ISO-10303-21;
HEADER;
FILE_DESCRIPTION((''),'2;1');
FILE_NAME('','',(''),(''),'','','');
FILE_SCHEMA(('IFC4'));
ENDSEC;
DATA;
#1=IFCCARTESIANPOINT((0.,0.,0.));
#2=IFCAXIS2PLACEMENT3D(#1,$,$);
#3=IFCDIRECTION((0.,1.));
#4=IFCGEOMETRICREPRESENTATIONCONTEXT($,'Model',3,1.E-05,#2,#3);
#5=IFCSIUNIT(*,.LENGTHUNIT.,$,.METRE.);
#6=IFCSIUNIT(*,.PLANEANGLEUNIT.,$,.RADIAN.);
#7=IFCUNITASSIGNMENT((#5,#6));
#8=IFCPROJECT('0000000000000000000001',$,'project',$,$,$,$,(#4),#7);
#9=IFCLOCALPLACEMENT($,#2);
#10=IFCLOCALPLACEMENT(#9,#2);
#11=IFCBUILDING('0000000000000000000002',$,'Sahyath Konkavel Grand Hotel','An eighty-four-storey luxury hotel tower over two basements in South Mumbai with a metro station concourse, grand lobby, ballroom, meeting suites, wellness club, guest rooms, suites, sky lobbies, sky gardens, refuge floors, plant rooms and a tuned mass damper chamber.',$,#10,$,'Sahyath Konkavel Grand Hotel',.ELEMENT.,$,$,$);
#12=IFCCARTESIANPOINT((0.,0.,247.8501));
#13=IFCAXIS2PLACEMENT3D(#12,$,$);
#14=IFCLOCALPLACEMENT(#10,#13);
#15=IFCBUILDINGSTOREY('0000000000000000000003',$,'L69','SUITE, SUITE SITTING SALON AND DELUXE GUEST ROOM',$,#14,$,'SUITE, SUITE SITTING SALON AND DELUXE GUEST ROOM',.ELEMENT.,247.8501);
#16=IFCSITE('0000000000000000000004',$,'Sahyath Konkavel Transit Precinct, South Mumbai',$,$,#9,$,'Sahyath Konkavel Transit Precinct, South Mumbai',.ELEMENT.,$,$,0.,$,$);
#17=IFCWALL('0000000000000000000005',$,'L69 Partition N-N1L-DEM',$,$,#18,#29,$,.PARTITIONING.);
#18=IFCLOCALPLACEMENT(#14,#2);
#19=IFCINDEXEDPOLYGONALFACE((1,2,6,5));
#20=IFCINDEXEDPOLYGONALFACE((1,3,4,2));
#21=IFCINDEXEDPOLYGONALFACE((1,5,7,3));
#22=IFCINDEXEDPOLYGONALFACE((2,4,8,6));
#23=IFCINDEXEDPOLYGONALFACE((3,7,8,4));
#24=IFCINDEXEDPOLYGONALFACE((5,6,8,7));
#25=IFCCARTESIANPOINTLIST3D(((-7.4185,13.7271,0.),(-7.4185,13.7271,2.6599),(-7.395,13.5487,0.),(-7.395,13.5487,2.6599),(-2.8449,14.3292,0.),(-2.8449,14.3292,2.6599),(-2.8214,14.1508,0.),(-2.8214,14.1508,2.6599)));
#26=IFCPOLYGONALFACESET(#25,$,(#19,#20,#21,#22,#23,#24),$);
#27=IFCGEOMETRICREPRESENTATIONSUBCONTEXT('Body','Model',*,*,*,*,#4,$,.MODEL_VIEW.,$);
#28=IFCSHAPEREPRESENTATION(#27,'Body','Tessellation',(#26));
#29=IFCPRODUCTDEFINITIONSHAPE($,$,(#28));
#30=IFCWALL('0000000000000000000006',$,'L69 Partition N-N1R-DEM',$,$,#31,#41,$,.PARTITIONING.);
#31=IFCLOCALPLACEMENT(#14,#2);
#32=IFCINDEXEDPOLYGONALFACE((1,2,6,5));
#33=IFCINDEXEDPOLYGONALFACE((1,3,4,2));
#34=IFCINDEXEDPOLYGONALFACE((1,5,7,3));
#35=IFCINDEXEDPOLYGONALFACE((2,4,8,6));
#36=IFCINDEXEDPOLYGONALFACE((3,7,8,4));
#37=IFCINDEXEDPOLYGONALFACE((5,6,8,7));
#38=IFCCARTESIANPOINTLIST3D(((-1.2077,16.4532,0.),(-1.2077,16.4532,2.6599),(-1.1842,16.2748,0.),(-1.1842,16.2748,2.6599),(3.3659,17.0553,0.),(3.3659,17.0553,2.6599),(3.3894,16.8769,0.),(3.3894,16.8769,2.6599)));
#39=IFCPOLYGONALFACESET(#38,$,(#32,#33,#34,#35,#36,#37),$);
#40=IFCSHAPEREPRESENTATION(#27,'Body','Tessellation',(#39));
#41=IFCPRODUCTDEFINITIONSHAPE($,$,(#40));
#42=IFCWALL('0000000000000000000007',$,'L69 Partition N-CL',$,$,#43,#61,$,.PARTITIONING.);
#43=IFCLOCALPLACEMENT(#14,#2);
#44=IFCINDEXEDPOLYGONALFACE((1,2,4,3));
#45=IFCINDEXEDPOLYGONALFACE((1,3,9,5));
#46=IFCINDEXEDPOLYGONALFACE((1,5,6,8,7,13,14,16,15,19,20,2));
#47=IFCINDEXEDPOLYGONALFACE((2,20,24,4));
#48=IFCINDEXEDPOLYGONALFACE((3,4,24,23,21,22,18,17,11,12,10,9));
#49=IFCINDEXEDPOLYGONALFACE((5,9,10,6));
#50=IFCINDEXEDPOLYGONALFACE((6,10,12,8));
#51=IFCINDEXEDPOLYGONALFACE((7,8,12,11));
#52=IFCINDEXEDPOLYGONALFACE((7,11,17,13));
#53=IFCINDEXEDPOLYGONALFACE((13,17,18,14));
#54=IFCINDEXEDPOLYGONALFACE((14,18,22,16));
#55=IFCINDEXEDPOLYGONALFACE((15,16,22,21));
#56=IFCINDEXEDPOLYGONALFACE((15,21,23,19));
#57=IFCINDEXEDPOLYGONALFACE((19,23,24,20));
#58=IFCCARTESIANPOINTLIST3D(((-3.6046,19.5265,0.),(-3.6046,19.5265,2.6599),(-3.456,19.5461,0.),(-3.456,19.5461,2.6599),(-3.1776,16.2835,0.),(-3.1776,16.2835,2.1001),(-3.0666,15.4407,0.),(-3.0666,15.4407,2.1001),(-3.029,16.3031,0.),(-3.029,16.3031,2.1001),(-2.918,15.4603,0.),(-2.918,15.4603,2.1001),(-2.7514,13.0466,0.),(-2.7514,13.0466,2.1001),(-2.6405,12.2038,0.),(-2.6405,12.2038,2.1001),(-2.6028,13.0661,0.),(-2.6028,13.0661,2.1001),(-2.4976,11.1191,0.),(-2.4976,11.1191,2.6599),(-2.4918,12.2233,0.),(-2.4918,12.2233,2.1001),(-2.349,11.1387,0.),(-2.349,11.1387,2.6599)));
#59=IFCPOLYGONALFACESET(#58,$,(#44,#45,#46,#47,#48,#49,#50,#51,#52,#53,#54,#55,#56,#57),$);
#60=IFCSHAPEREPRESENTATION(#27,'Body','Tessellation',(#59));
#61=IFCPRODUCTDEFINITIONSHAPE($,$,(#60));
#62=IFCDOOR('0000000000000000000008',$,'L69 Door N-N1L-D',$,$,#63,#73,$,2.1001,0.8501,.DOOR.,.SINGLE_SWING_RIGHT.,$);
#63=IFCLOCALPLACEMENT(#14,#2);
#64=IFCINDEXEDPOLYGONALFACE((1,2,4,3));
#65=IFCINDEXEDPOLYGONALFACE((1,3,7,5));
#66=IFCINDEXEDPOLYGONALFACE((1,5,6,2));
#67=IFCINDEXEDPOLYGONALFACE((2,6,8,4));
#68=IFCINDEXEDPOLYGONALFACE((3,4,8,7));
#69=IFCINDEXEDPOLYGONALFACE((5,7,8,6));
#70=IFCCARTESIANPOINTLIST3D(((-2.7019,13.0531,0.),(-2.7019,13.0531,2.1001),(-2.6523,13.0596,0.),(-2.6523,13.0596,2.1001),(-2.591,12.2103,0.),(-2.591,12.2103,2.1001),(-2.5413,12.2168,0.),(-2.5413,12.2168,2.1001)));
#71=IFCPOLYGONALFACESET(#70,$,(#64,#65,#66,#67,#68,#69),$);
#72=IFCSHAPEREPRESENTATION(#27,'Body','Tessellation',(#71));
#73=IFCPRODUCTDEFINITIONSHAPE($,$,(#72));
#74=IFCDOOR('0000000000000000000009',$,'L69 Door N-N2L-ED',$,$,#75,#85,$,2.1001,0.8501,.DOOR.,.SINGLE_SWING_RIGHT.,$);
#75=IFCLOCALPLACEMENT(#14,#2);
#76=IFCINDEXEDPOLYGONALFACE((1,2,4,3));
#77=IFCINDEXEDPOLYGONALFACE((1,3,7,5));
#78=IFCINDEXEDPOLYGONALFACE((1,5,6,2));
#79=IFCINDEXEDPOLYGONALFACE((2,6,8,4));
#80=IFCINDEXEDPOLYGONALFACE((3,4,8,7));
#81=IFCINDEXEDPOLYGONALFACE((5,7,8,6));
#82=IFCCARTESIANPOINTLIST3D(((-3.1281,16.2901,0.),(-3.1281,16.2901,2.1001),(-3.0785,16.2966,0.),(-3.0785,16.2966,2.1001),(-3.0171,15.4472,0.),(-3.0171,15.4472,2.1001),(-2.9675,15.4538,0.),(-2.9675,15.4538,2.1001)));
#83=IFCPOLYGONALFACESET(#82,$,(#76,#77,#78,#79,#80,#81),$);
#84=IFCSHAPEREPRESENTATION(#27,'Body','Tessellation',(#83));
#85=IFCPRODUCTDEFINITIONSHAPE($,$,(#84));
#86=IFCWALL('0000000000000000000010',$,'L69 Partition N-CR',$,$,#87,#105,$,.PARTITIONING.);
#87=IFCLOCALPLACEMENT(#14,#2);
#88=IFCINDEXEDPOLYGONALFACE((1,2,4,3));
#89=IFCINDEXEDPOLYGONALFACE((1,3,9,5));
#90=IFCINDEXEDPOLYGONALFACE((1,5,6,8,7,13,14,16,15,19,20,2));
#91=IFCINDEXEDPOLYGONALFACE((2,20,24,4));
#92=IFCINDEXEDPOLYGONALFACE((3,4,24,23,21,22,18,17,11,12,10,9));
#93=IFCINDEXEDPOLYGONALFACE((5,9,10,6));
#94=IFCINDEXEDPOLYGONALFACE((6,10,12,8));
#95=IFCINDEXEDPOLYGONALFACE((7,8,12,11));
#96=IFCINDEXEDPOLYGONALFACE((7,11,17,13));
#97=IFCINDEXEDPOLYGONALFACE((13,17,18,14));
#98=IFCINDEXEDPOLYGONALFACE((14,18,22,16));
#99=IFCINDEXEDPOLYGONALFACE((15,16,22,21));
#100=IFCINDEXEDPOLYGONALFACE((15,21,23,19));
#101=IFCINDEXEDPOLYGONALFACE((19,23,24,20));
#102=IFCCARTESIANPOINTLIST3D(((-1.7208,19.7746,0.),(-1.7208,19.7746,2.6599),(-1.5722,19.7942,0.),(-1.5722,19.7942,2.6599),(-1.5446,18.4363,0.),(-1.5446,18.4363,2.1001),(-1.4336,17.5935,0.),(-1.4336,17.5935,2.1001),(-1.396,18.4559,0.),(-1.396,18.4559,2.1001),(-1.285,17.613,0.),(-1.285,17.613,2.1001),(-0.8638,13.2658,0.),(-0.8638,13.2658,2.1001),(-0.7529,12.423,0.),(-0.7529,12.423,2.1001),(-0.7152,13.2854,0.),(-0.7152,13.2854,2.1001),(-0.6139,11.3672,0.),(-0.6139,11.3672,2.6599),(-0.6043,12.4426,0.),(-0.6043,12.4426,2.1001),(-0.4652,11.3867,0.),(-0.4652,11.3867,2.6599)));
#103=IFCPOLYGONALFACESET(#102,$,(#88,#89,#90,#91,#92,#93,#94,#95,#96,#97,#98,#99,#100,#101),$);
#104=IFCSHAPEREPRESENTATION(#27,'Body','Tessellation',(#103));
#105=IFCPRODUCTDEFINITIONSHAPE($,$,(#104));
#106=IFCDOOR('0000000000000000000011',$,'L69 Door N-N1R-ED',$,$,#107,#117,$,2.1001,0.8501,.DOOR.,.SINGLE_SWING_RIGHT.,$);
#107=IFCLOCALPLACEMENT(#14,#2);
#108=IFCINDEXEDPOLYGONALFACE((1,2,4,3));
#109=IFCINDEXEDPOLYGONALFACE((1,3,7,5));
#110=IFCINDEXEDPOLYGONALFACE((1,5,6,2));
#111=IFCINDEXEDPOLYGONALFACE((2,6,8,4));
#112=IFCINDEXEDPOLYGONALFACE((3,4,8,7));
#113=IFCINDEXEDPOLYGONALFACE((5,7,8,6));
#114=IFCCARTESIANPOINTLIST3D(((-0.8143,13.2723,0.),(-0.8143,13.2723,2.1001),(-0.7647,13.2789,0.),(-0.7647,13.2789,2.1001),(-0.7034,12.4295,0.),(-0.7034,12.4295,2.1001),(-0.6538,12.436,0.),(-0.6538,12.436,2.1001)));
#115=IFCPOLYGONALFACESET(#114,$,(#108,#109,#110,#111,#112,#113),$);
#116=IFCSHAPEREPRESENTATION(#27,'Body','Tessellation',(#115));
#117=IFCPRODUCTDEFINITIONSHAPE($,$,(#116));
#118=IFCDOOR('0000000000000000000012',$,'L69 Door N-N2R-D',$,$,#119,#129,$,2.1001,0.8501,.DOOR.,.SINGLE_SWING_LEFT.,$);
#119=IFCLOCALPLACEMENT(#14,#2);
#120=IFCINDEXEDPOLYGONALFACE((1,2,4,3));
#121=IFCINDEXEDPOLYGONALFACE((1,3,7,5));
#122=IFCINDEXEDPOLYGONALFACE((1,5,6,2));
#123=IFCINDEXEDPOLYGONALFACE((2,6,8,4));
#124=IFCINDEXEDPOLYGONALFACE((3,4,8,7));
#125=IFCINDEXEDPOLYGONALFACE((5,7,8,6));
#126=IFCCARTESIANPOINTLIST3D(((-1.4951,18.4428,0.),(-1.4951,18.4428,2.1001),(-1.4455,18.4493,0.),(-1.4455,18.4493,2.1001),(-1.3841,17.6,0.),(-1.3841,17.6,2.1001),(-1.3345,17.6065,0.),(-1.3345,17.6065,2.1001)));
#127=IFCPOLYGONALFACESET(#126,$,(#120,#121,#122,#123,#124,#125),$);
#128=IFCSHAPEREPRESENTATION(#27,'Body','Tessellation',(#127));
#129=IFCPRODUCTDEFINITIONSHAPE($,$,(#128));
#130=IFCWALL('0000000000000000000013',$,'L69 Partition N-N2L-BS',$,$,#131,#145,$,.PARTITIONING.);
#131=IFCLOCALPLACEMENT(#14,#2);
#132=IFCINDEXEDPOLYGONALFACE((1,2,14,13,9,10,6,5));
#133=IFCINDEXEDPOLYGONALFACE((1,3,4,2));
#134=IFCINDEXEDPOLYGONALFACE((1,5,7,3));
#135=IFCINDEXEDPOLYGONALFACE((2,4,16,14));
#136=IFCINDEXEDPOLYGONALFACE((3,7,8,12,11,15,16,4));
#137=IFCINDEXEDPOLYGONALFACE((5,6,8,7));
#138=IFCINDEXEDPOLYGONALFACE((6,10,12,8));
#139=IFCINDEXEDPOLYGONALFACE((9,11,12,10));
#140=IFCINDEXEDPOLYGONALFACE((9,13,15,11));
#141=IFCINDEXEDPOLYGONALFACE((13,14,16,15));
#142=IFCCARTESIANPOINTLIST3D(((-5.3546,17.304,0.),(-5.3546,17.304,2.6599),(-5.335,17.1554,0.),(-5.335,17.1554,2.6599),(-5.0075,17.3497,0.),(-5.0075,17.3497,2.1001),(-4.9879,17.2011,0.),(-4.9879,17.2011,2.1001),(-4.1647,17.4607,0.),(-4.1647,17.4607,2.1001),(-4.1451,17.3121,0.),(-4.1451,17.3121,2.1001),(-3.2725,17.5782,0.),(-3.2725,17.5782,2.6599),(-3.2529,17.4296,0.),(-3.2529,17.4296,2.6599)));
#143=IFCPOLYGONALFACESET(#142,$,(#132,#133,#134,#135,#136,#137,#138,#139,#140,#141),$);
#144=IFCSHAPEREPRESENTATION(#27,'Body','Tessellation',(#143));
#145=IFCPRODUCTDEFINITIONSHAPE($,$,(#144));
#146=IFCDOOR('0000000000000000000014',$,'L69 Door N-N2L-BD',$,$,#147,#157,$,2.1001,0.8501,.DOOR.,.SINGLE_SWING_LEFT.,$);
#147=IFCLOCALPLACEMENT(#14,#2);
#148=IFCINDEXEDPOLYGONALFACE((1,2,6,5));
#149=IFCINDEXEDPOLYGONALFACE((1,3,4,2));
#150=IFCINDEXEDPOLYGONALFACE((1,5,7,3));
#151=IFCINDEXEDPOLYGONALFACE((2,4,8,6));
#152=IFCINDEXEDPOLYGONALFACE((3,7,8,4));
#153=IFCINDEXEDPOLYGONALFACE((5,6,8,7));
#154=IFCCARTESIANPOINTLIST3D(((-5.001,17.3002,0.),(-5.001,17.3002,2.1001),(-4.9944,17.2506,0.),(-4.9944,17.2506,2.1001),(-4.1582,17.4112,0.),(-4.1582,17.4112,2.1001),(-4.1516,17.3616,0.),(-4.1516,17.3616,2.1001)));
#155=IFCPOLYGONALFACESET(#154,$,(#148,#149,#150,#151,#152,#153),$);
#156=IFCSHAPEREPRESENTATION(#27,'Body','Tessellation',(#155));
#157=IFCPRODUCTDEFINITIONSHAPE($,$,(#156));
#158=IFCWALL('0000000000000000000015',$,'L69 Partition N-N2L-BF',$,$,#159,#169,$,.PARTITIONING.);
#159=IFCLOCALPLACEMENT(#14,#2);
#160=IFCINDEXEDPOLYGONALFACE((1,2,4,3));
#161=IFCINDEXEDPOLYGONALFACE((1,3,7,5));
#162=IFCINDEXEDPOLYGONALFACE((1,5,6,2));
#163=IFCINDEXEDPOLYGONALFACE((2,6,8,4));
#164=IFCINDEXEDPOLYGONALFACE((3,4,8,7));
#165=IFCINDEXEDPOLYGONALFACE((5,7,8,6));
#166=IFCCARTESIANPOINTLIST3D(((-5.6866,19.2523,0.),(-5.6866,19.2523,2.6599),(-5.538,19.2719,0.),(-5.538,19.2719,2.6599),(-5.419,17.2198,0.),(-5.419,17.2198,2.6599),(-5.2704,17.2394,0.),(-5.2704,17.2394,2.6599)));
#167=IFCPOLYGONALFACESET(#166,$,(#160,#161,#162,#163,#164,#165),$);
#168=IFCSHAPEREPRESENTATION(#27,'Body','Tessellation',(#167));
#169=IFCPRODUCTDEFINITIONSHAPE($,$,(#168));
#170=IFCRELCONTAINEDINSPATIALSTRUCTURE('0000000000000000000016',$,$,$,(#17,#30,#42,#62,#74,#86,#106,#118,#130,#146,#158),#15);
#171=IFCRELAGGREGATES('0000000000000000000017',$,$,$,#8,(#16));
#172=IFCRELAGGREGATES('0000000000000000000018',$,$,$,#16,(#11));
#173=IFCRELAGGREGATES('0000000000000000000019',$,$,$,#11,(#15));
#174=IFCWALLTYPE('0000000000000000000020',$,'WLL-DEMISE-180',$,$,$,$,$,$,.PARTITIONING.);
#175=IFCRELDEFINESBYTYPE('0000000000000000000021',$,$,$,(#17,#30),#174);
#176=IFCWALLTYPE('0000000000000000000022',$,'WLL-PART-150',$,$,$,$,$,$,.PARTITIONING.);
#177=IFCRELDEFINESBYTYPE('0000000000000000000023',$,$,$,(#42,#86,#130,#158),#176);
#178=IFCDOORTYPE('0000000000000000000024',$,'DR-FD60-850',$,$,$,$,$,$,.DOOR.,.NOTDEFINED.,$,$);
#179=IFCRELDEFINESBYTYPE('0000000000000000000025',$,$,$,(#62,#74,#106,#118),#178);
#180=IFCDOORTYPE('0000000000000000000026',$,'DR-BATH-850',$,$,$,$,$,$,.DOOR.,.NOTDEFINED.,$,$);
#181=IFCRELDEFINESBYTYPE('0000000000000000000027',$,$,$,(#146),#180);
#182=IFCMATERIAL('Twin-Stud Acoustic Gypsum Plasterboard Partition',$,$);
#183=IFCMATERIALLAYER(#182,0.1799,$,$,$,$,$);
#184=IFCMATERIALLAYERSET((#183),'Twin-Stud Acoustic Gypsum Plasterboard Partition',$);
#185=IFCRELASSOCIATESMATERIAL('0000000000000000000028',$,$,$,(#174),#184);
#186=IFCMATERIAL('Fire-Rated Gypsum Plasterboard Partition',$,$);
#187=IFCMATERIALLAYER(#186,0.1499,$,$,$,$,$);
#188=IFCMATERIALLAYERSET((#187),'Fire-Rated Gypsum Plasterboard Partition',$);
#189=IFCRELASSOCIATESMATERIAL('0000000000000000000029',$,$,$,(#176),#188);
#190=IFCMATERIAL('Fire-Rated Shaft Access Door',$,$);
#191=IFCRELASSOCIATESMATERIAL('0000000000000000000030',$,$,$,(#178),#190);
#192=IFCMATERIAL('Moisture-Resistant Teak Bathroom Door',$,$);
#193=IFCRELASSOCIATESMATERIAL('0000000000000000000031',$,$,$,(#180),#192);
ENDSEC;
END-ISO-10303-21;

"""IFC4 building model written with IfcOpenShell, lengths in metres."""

from ifc_helpers import new_model, si_unit, direction, frame, frame_2d, origin, origin_2d, place, context, subcontext, project, spatial, rectangle, extrude, source, transform, mapped, material, layer, layer_set, type_object, element, fill, save


model = new_model("IFC4")

# Units and contexts
model_context = context("Model", 3, precision=1e-05, world=origin(), true_north=direction((0.0, 1.0)))
body_context = subcontext(model_context, "Body", "Model", "MODEL_VIEW")
ifc_project = project(units=[si_unit("LENGTHUNIT", "METRE"), si_unit("PLANEANGLEUNIT", "RADIAN")], contexts=[model_context])

# Site, building, storey
site_placement = place(None, origin())
site = spatial("IfcSite", under=ifc_project, at=site_placement, Name="Sahyath Konkavel Transit Precinct, South Mumbai", LongName="Sahyath Konkavel Transit Precinct, South Mumbai", CompositionType="ELEMENT", RefElevation=0.0)
building_placement = place(site_placement, origin())
building = spatial("IfcBuilding", under=site, at=building_placement, Name="Sahyath Konkavel Grand Hotel", Description="An eighty-four-storey luxury hotel tower over two basements in South Mumbai with a metro station concourse, grand lobby, ballroom, meeting suites, wellness club, guest rooms, suites, sky lobbies, sky gardens, refuge floors, plant rooms and a tuned mass damper chamber.", LongName="Sahyath Konkavel Grand Hotel", CompositionType="ELEMENT")
storey_placement = place(building_placement, frame((0.0, 0.0, 247.8501)))
storey = spatial("IfcBuildingStorey", under=building, at=storey_placement, Name="L69", Description="SUITE, SUITE SITTING SALON AND DELUXE GUEST ROOM", LongName="SUITE, SUITE SITTING SALON AND DELUXE GUEST ROOM", CompositionType="ELEMENT", Elevation=247.8501)

# Walls
ifc_material_1 = material(Name="Twin-Stud Acoustic Gypsum Plasterboard Partition")
ifc_layer_1 = layer(ifc_material_1, 0.1799)
ifc_layer_set_1 = layer_set([ifc_layer_1], Name="Twin-Stud Acoustic Gypsum Plasterboard Partition")
wall_type_1 = type_object("IfcWallType", Name="WLL-DEMISE-180", PredefinedType="PARTITIONING", material=ifc_layer_set_1)
for number, where, z_axis, x_axis, name in (
    (1, (-2.833, 14.24, 0.0), (0.0, 0.0, 1.0), (-0.991447, -0.130513, 0.0), "L69 Partition N-N1L-DEM"),
    (2, (-1.196, 16.364, 0.0), (0.0, 0.0, 1.0), (0.991447, 0.130513, 0.0), "L69 Partition N-N1R-DEM"),
):
    element("IfcWall", number, at=place(storey_placement, frame(where, z_axis=z_axis, x_axis=x_axis)), inside=storey, type_object=wall_type_1, Name=name, PredefinedType="PARTITIONING", context=body_context, shape_type="SweptSolid", body=[
        extrude(rectangle(XDim=4.613, YDim=0.1799, at=frame_2d((2.3066, 0.0))), origin(), (0.0, 0.0, 1.0), 2.6599),
    ])

# Walls, openings, doors
ifc_material_2 = material(Name="Fire-Rated Gypsum Plasterboard Partition")
ifc_layer_2 = layer(ifc_material_2, 0.1499)
ifc_layer_set_2 = layer_set([ifc_layer_2], Name="Fire-Rated Gypsum Plasterboard Partition")
wall_type_2 = type_object("IfcWallType", Name="WLL-PART-150", PredefinedType="PARTITIONING", material=ifc_layer_set_2)
wall_1_placement = place(storey_placement, frame((-2.4233, 11.1289, 0.0), z_axis=(0.0, 0.0, 1.0), x_axis=(-0.130534, 0.991444, 0.0)))
wall_1 = element("IfcWall", 3, at=wall_1_placement, inside=storey, type_object=wall_type_2, Name="L69 Partition N-CL", PredefinedType="PARTITIONING", context=body_context, shape_type="SweptSolid", body=[
    extrude(rectangle(XDim=8.48, YDim=0.1499, at=frame_2d((4.24, 0.0))), origin(), (0.0, 0.0, 1.0), 2.6599),
])
opening_1_placement = place(wall_1_placement, frame((1.094, 0.0, 0.0)))
opening_1 = element("IfcOpeningElement", 4, at=opening_1_placement, cuts=wall_1, PredefinedType="OPENING", context=body_context, shape_type="SweptSolid", body=[
    extrude(rectangle(XDim=0.8501, YDim=2.1001, at=frame_2d((0.425, 1.05))), frame((0.0, 0.085, 0.0), z_axis=(0.0, -1.0, 0.0), x_axis=(1.0, 0.0, 0.0)), (0.0, 0.0, 1.0), 0.1699),
])
opening_2_placement = place(wall_1_placement, frame((4.3589, 0.0, 0.0)))
opening_2 = element("IfcOpeningElement", 5, at=opening_2_placement, cuts=wall_1, PredefinedType="OPENING", context=body_context, shape_type="SweptSolid", body=[
    extrude(rectangle(XDim=0.8501, YDim=2.1001, at=frame_2d((0.425, 1.05))), frame((0.0, 0.085, 0.0), z_axis=(0.0, -1.0, 0.0), x_axis=(1.0, 0.0, 0.0)), (0.0, 0.0, 1.0), 0.1699),
])
ifc_material_3 = material(Name="Fire-Rated Shaft Access Door")
door_type_1 = type_object("IfcDoorType", Name="DR-FD60-850", OperationType="NOTDEFINED", PredefinedType="DOOR", material=ifc_material_3)
shared_shape_1 = source(origin(), body_context, "Body", "SweptSolid", [
    extrude(rectangle(XDim=0.8501, YDim=0.05, at=origin_2d()), origin(), (0.0, 0.0, 1.0), 2.1001),
])
door_1_placement = place(opening_1_placement, frame((0.425, 0.0, 0.0)))
door_1 = element("IfcDoor", 6, at=door_1_placement, inside=storey, type_object=door_type_1, Name="L69 Door N-N1L-D", OperationType="SINGLE_SWING_RIGHT", OverallHeight=2.1001, OverallWidth=0.8501, PredefinedType="DOOR", context=body_context, shape_type="MappedRepresentation", body=[
    mapped(shared_shape_1, transform((0.0, 0.0, 0.0), scale=1.0)),
])
fill(opening_1, door_1)
door_2_placement = place(opening_2_placement, frame((0.425, 0.0, 0.0)))
door_2 = element("IfcDoor", 7, at=door_2_placement, inside=storey, type_object=door_type_1, Name="L69 Door N-N2L-ED", OperationType="SINGLE_SWING_RIGHT", OverallHeight=2.1001, OverallWidth=0.8501, PredefinedType="DOOR", context=body_context, shape_type="MappedRepresentation", body=[
    mapped(shared_shape_1, transform((0.0, 0.0, 0.0), scale=1.0)),
])
fill(opening_2, door_2)
wall_2_placement = place(storey_placement, frame((-0.5396, 11.377, 0.0), z_axis=(0.0, 0.0, 1.0), x_axis=(-0.130534, 0.991444, 0.0)))
wall_2 = element("IfcWall", 8, at=wall_2_placement, inside=storey, type_object=wall_type_2, Name="L69 Partition N-CR", PredefinedType="PARTITIONING", context=body_context, shape_type="SweptSolid", body=[
    extrude(rectangle(XDim=8.48, YDim=0.1499, at=frame_2d((4.24, 0.0))), origin(), (0.0, 0.0, 1.0), 2.6599),
])
opening_3_placement = place(wall_2_placement, frame((1.0649, 0.0, 0.0)))
opening_3 = element("IfcOpeningElement", 9, at=opening_3_placement, cuts=wall_2, PredefinedType="OPENING", context=body_context, shape_type="SweptSolid", body=[
    extrude(rectangle(XDim=0.8501, YDim=2.1001, at=frame_2d((0.425, 1.05))), frame((0.0, 0.085, 0.0), z_axis=(0.0, -1.0, 0.0), x_axis=(1.0, 0.0, 0.0)), (0.0, 0.0, 1.0), 0.1699),
])
opening_4_placement = place(wall_2_placement, frame((6.28, 0.0, 0.0)))
opening_4 = element("IfcOpeningElement", 10, at=opening_4_placement, cuts=wall_2, PredefinedType="OPENING", context=body_context, shape_type="SweptSolid", body=[
    extrude(rectangle(XDim=0.8501, YDim=2.1001, at=frame_2d((0.425, 1.05))), frame((0.0, 0.085, 0.0), z_axis=(0.0, -1.0, 0.0), x_axis=(1.0, 0.0, 0.0)), (0.0, 0.0, 1.0), 0.1699),
])
door_3_placement = place(opening_3_placement, frame((0.425, 0.0, 0.0)))
door_3 = element("IfcDoor", 11, at=door_3_placement, inside=storey, type_object=door_type_1, Name="L69 Door N-N1R-ED", OperationType="SINGLE_SWING_RIGHT", OverallHeight=2.1001, OverallWidth=0.8501, PredefinedType="DOOR", context=body_context, shape_type="MappedRepresentation", body=[
    mapped(shared_shape_1, transform((0.0, 0.0, 0.0), scale=1.0)),
])
fill(opening_3, door_3)
door_4_placement = place(opening_4_placement, frame((0.425, 0.0, 0.0)))
door_4 = element("IfcDoor", 12, at=door_4_placement, inside=storey, type_object=door_type_1, Name="L69 Door N-N2R-D", OperationType="SINGLE_SWING_LEFT", OverallHeight=2.1001, OverallWidth=0.8501, PredefinedType="DOOR", context=body_context, shape_type="MappedRepresentation", body=[
    mapped(shared_shape_1, transform((0.0, 0.0, 0.0), scale=1.0)),
])
fill(opening_4, door_4)

# Wall, opening, door
wall_3_placement = place(storey_placement, frame((-3.2627, 17.5039, 0.0), z_axis=(0.0, 0.0, 1.0), x_axis=(-0.991441, -0.130557, 0.0)))
wall_3 = element("IfcWall", 13, at=wall_3_placement, inside=storey, type_object=wall_type_2, Name="L69 Partition N-N2L-BS", PredefinedType="PARTITIONING", context=body_context, shape_type="SweptSolid", body=[
    extrude(rectangle(XDim=2.1001, YDim=0.1499, at=frame_2d((1.05, 0.0))), origin(), (0.0, 0.0, 1.0), 2.6599),
])
opening_5_placement = place(wall_3_placement, frame((0.8999, 0.0, 0.0)))
opening_5 = element("IfcOpeningElement", 14, at=opening_5_placement, cuts=wall_3, PredefinedType="OPENING", context=body_context, shape_type="SweptSolid", body=[
    extrude(rectangle(XDim=0.8501, YDim=2.1001, at=frame_2d((0.425, 1.05))), frame((0.0, 0.085, 0.0), z_axis=(0.0, -1.0, 0.0), x_axis=(1.0, 0.0, 0.0)), (0.0, 0.0, 1.0), 0.1699),
])
ifc_material_4 = material(Name="Moisture-Resistant Teak Bathroom Door")
door_type_2 = type_object("IfcDoorType", Name="DR-BATH-850", OperationType="NOTDEFINED", PredefinedType="DOOR", material=ifc_material_4)
door_5_placement = place(opening_5_placement, frame((0.425, 0.0, 0.0)))
door_5 = element("IfcDoor", 15, at=door_5_placement, inside=storey, type_object=door_type_2, Name="L69 Door N-N2L-BD", OperationType="SINGLE_SWING_LEFT", OverallHeight=2.1001, OverallWidth=0.8501, PredefinedType="DOOR", context=body_context, shape_type="MappedRepresentation", body=[
    mapped(shared_shape_1, transform((0.0, 0.0, 0.0), scale=1.0)),
])
fill(opening_5, door_5)

# Wall
wall_4_placement = place(storey_placement, frame((-5.3447, 17.2297, 0.0), z_axis=(0.0, 0.0, 1.0), x_axis=(-0.130525, 0.991445, 0.0)))
element("IfcWall", 16, at=wall_4_placement, inside=storey, type_object=wall_type_2, Name="L69 Partition N-N2L-BF", PredefinedType="PARTITIONING", context=body_context, shape_type="SweptSolid", body=[
    extrude(rectangle(XDim=2.05, YDim=0.1499, at=frame_2d((1.0249, 0.0))), origin(), (0.0, 0.0, 1.0), 2.6599),
])

save(model, "model.ifc")
